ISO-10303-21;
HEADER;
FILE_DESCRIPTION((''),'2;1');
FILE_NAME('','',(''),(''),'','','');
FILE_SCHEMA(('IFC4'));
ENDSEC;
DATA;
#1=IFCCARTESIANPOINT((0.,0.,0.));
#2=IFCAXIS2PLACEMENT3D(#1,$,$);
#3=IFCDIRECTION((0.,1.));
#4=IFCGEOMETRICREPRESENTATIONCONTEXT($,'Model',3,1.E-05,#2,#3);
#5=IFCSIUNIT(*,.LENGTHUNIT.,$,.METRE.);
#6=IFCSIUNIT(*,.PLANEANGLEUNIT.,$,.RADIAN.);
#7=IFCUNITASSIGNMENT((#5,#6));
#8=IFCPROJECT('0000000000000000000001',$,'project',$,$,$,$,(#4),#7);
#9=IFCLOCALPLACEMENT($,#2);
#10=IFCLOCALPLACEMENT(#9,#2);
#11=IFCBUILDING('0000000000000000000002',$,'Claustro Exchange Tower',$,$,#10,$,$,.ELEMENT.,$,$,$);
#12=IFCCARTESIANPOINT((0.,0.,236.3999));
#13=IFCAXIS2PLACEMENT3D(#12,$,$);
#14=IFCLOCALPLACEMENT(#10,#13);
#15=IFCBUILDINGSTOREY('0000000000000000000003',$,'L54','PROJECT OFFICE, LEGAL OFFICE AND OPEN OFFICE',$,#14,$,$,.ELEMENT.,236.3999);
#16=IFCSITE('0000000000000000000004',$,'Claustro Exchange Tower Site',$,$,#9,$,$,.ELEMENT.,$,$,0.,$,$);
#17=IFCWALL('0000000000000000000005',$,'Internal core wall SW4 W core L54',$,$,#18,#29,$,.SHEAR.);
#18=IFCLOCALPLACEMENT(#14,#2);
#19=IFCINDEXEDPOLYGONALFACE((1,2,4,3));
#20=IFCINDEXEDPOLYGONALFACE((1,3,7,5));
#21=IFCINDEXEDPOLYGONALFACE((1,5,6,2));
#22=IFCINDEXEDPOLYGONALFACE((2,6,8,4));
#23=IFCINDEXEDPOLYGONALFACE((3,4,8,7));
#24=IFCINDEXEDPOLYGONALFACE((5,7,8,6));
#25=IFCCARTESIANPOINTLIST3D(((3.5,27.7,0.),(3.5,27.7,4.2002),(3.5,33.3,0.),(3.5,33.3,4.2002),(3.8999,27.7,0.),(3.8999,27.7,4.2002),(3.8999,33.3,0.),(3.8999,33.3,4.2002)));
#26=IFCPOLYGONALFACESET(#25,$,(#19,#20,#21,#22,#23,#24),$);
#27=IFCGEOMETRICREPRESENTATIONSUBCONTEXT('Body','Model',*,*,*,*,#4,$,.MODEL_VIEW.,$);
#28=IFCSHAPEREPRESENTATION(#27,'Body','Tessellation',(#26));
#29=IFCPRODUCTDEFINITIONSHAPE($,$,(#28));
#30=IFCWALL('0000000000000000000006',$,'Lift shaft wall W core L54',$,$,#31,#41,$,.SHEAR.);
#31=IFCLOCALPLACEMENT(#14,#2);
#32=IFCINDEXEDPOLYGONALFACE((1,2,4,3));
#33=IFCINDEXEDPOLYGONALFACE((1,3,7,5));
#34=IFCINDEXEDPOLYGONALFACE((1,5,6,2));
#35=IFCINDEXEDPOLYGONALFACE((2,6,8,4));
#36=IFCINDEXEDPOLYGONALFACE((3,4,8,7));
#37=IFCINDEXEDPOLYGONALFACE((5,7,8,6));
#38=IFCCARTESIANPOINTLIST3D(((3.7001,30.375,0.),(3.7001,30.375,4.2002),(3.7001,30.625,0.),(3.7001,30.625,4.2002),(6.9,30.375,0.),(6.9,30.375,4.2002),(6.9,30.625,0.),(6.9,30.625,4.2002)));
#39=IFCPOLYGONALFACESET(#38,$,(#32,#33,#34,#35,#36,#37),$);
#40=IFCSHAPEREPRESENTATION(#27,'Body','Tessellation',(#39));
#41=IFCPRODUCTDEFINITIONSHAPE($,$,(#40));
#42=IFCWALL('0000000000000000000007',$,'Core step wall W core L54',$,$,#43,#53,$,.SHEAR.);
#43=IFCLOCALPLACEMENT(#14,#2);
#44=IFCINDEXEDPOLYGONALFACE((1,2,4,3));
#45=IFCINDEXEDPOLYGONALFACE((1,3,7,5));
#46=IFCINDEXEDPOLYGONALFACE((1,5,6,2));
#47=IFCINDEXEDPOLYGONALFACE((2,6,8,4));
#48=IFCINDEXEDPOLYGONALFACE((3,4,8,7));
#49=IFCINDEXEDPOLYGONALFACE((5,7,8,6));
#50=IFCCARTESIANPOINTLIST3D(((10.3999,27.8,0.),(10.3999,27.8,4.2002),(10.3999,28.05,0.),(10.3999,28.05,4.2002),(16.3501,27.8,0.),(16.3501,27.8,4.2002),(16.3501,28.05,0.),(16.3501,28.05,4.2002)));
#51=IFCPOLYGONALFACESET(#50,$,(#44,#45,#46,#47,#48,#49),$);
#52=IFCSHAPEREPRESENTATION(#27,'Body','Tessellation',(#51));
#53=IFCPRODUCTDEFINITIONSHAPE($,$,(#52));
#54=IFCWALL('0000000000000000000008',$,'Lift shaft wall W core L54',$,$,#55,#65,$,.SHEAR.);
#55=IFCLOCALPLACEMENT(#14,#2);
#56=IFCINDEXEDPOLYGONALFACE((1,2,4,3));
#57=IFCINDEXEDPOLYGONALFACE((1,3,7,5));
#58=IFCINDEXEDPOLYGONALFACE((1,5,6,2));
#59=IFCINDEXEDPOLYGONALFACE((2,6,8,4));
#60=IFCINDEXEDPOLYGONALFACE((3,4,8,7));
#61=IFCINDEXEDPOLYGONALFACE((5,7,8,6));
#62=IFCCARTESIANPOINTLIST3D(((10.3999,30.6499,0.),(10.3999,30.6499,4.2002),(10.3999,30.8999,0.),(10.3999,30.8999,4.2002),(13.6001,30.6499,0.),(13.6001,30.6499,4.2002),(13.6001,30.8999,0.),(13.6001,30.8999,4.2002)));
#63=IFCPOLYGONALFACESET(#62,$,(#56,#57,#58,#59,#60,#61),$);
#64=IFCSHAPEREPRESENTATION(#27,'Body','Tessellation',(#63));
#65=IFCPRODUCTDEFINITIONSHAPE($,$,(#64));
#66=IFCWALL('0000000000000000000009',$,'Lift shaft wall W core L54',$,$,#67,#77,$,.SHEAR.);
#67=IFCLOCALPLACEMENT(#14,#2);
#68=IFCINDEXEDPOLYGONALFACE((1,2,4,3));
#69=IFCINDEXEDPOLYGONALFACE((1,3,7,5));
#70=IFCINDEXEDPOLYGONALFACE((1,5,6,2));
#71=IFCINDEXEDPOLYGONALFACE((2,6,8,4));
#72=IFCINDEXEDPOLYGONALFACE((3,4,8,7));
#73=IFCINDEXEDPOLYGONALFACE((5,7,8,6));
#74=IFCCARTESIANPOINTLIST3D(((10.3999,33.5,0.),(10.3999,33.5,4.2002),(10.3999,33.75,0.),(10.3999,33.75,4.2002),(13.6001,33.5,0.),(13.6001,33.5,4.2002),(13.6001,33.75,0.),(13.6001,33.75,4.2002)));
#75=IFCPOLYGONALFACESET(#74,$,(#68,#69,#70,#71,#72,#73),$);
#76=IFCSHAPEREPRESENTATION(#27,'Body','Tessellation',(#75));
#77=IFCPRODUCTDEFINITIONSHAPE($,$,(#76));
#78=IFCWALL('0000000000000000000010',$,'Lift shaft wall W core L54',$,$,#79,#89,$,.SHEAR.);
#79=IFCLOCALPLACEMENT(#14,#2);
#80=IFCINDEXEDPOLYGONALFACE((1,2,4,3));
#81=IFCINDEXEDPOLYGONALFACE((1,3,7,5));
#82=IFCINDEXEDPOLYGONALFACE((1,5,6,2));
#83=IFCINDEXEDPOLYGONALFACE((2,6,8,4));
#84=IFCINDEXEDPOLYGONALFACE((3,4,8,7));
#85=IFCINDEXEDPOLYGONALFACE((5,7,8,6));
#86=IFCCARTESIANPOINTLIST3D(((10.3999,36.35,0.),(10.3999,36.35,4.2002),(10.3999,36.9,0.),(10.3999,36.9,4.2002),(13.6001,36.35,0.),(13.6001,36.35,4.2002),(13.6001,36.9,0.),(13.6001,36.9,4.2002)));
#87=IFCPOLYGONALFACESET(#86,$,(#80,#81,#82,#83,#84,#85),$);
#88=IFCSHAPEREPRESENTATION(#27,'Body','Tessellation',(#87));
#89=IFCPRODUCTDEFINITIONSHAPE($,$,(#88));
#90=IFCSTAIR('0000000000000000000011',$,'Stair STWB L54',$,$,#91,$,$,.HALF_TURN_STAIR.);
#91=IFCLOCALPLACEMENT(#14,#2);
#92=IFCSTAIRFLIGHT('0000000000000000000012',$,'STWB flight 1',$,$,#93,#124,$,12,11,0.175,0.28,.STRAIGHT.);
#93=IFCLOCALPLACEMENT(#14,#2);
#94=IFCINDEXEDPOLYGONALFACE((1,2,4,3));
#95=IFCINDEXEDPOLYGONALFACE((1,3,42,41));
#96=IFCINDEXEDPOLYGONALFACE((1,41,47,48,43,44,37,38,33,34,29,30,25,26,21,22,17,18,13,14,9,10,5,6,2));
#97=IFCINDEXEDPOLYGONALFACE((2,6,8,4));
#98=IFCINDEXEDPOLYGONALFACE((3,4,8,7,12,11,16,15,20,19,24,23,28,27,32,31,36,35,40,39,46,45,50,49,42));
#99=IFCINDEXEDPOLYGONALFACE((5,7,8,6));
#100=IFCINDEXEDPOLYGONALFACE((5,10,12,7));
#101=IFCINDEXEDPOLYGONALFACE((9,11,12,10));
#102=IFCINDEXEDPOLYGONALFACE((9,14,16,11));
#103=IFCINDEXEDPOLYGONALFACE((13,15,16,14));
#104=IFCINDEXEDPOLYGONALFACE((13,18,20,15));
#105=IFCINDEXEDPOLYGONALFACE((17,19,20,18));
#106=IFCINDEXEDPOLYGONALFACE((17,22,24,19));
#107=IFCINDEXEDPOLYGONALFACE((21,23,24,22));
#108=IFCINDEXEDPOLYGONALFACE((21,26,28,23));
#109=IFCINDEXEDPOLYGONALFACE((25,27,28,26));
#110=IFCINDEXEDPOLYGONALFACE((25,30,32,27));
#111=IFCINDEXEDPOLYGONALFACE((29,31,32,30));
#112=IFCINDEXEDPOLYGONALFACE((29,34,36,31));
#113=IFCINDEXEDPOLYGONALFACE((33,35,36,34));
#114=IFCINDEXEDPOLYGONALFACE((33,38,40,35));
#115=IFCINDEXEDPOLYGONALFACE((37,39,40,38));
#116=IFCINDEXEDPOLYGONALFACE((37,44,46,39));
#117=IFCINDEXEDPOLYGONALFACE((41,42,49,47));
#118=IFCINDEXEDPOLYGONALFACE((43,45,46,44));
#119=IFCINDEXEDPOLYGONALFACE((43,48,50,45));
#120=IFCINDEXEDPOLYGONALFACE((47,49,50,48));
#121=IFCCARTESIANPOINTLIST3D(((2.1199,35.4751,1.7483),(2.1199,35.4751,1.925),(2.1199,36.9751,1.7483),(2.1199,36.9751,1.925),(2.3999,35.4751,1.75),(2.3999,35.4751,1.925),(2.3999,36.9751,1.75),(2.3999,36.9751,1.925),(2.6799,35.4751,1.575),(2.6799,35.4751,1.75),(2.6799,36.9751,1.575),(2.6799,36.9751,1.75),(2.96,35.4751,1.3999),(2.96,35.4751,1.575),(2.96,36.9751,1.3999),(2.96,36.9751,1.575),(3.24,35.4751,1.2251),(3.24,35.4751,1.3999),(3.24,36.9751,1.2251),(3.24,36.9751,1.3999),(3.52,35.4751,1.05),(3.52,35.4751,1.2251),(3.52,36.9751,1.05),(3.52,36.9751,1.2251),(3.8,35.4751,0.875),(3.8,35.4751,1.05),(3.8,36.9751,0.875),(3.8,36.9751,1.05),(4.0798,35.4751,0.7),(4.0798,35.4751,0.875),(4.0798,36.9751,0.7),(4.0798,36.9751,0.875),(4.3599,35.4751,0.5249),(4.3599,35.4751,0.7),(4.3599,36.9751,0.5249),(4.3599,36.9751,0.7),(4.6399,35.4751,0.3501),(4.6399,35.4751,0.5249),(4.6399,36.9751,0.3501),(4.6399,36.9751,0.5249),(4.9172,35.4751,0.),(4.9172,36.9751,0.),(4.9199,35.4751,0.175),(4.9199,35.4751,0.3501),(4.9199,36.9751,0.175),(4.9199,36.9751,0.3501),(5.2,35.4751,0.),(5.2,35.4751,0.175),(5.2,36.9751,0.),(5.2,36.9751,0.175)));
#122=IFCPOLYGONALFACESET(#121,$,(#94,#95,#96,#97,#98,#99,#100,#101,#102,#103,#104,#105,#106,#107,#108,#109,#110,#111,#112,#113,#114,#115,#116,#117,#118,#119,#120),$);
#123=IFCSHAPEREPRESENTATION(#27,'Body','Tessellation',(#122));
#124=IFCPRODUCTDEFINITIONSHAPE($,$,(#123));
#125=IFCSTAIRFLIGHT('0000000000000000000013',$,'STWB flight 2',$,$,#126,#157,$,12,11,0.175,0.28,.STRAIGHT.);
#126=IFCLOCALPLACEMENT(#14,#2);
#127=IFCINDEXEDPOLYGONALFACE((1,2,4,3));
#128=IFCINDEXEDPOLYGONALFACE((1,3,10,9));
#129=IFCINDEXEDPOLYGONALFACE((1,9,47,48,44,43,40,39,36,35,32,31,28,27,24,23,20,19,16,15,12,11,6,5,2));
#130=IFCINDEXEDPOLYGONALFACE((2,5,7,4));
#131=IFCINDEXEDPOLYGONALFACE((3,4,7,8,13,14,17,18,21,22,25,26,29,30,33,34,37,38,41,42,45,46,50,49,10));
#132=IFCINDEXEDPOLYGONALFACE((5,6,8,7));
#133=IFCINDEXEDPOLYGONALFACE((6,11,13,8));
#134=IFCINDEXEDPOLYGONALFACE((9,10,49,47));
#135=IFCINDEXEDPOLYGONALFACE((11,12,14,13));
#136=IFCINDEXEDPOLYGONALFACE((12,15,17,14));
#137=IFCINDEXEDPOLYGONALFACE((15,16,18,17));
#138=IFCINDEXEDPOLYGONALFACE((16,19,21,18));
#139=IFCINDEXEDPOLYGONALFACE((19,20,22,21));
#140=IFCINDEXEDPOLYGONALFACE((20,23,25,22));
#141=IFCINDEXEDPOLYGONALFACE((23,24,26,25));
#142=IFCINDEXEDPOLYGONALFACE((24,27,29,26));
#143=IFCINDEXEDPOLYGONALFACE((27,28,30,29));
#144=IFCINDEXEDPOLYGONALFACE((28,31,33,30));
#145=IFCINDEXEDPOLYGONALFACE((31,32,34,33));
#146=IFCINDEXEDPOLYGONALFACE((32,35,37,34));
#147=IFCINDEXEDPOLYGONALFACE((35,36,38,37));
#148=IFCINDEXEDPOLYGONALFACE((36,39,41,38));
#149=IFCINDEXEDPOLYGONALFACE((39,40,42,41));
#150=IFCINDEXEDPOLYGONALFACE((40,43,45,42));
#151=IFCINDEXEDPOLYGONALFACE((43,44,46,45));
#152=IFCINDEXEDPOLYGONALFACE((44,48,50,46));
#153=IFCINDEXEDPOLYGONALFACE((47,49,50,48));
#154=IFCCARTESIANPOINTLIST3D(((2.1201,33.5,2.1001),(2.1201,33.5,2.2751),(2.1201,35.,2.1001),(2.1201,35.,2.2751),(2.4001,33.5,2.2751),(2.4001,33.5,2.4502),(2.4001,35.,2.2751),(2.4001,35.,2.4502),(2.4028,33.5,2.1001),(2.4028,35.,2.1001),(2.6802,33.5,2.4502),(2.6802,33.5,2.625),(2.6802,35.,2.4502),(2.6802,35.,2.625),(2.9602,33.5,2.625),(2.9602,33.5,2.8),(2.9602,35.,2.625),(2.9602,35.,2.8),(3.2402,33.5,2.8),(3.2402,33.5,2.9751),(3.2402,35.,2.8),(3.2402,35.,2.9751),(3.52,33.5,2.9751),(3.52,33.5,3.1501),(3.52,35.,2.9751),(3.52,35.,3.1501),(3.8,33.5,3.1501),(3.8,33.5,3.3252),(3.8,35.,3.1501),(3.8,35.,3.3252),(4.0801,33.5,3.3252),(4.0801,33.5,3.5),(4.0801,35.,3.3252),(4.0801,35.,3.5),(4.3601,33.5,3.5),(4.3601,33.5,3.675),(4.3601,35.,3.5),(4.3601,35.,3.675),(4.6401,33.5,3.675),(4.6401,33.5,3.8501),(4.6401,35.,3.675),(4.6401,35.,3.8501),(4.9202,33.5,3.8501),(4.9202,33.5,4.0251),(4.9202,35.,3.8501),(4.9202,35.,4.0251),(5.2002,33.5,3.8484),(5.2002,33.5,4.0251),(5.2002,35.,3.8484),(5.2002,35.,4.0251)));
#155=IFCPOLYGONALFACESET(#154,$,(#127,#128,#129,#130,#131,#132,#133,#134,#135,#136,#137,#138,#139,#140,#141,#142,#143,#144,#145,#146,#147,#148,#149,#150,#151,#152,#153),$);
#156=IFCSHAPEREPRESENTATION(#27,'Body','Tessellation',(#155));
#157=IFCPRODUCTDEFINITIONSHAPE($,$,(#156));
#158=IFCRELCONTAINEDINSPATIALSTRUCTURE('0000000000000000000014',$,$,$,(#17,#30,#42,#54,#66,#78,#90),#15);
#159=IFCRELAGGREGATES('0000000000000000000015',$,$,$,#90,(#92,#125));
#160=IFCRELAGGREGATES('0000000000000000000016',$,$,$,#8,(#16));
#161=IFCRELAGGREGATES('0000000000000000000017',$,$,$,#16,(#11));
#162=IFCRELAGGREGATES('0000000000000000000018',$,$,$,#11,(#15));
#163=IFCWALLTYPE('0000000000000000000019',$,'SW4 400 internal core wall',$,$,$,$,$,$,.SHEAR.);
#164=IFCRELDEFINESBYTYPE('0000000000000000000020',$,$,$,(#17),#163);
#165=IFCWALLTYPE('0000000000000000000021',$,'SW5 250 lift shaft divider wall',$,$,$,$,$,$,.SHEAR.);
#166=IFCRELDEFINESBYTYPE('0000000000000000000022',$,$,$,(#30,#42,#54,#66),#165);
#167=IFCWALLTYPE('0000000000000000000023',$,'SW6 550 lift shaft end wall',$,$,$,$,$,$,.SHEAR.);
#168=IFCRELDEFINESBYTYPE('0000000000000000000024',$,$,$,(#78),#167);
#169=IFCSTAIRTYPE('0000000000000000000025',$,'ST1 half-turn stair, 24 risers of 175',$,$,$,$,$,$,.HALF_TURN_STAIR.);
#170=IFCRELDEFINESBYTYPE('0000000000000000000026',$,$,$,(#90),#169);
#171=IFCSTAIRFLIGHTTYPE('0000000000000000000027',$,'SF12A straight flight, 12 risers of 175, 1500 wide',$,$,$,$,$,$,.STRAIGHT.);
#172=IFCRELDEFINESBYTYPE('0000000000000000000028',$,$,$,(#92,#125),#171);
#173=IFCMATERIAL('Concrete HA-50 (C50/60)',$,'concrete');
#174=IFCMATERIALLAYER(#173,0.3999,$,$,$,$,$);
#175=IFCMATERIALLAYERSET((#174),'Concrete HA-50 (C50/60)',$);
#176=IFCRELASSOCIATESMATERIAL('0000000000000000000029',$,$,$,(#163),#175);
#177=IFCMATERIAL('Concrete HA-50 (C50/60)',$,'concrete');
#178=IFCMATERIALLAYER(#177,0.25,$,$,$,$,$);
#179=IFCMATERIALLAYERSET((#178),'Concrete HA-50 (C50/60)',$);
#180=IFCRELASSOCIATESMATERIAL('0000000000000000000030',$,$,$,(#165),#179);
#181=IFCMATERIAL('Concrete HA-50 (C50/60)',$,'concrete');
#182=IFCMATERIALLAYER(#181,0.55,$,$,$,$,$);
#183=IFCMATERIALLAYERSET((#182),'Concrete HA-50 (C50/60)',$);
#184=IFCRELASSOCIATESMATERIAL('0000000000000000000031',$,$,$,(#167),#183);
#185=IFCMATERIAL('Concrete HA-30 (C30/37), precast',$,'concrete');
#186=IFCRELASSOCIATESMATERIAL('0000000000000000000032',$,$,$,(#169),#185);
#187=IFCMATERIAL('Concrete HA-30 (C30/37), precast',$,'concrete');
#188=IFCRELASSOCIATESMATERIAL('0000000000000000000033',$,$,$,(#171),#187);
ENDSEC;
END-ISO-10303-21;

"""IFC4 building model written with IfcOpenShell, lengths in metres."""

from ifc_helpers import new_model, si_unit, direction, frame, frame_2d, origin, place, context, subcontext, project, spatial, polyline, rectangle, outline, extrude, material, layer, layer_set, type_object, element, aggregate, save


model = new_model("IFC4")

# Units and contexts
model_context = context("Model", 3, precision=1e-05, world=origin(), true_north=direction((0.0, 1.0)))
body_context = subcontext(model_context, "Body", "Model", "MODEL_VIEW")
ifc_project = project(units=[si_unit("LENGTHUNIT", "METRE"), si_unit("PLANEANGLEUNIT", "RADIAN")], contexts=[model_context])

# Site, building, storey
site_placement = place(None, origin())
site = spatial("IfcSite", under=ifc_project, at=site_placement, Name="Claustro Exchange Tower Site", CompositionType="ELEMENT", RefElevation=0.0)
building_placement = place(site_placement, origin())
building = spatial("IfcBuilding", under=site, at=building_placement, Name="Claustro Exchange Tower", CompositionType="ELEMENT")
storey_placement = place(building_placement, frame((0.0, 0.0, 236.3999)))
storey = spatial("IfcBuildingStorey", under=building, at=storey_placement, Name="L54", Description="PROJECT OFFICE, LEGAL OFFICE AND OPEN OFFICE", CompositionType="ELEMENT", Elevation=236.3999)

# Walls
ifc_material_1 = material(Name="Concrete HA-50 (C50/60)", Category="concrete")
ifc_layer_1 = layer(ifc_material_1, 0.3999)
ifc_layer_set_1 = layer_set([ifc_layer_1], Name="Concrete HA-50 (C50/60)")
wall_type_1 = type_object("IfcWallType", Name="SW4 400 internal core wall", PredefinedType="SHEAR", material=ifc_layer_set_1)
wall_1_placement = place(storey_placement, frame((3.7, 27.7, 0.0), z_axis=(0.0, 0.0, 1.0), x_axis=(0.0, 1.0, 0.0)))
element("IfcWall", 1, at=wall_1_placement, inside=storey, type_object=wall_type_1, Name="Internal core wall SW4 W core L54", PredefinedType="SHEAR", context=body_context, shape_type="SweptSolid", body=[
    extrude(rectangle(XDim=5.6001, YDim=0.3999, at=frame_2d((2.8, 0.0))), origin(), (0.0, 0.0, 1.0), 4.2002),
])
ifc_material_2 = material(Name="Concrete HA-50 (C50/60)", Category="concrete")
ifc_layer_2 = layer(ifc_material_2, 0.25)
ifc_layer_set_2 = layer_set([ifc_layer_2], Name="Concrete HA-50 (C50/60)")
wall_type_2 = type_object("IfcWallType", Name="SW5 250 lift shaft divider wall", PredefinedType="SHEAR", material=ifc_layer_set_2)
wall_2_placement = place(storey_placement, frame((3.7, 30.5, 0.0), z_axis=(0.0, 0.0, 1.0), x_axis=(1.0, 0.0, 0.0)))
element("IfcWall", 2, at=wall_2_placement, inside=storey, type_object=wall_type_2, Name="Lift shaft wall W core L54", PredefinedType="SHEAR", context=body_context, shape_type="SweptSolid", body=[
    extrude(rectangle(XDim=3.2, YDim=0.25, at=frame_2d((1.6001, 0.0))), origin(), (0.0, 0.0, 1.0), 4.2002),
])
wall_3_placement = place(storey_placement, frame((10.3999, 27.925, 0.0), z_axis=(0.0, 0.0, 1.0), x_axis=(1.0, 0.0, 0.0)))
element("IfcWall", 3, at=wall_3_placement, inside=storey, type_object=wall_type_2, Name="Core step wall W core L54", PredefinedType="SHEAR", context=body_context, shape_type="SweptSolid", body=[
    extrude(rectangle(XDim=5.9502, YDim=0.25, at=frame_2d((2.9751, 0.0))), origin(), (0.0, 0.0, 1.0), 4.2002),
])
for number, where, z_axis, x_axis, name in (
    (4, (10.3999, 30.7749, 0.0), (0.0, 0.0, 1.0), (1.0, 0.0, 0.0), "Lift shaft wall W core L54"),
    (5, (10.3999, 33.625, 0.0), (0.0, 0.0, 1.0), (1.0, 0.0, 0.0), "Lift shaft wall W core L54"),
):
    element("IfcWall", number, at=place(storey_placement, frame(where, z_axis=z_axis, x_axis=x_axis)), inside=storey, type_object=wall_type_2, Name=name, PredefinedType="SHEAR", context=body_context, shape_type="SweptSolid", body=[
        extrude(rectangle(XDim=3.2002, YDim=0.25, at=frame_2d((1.6001, 0.0))), origin(), (0.0, 0.0, 1.0), 4.2002),
    ])
ifc_material_3 = material(Name="Concrete HA-50 (C50/60)", Category="concrete")
ifc_layer_3 = layer(ifc_material_3, 0.55)
ifc_layer_set_3 = layer_set([ifc_layer_3], Name="Concrete HA-50 (C50/60)")
wall_type_3 = type_object("IfcWallType", Name="SW6 550 lift shaft end wall", PredefinedType="SHEAR", material=ifc_layer_set_3)
wall_4_placement = place(storey_placement, frame((10.3999, 36.625, 0.0), z_axis=(0.0, 0.0, 1.0), x_axis=(1.0, 0.0, 0.0)))
element("IfcWall", 6, at=wall_4_placement, inside=storey, type_object=wall_type_3, Name="Lift shaft wall W core L54", PredefinedType="SHEAR", context=body_context, shape_type="SweptSolid", body=[
    extrude(rectangle(XDim=3.2002, YDim=0.55, at=frame_2d((1.6001, 0.0))), origin(), (0.0, 0.0, 1.0), 4.2002),
])

# Stair, stair flights
ifc_material_4 = material(Name="Concrete HA-30 (C30/37), precast", Category="concrete")
stair_type = type_object("IfcStairType", Name="ST1 half-turn stair, 24 risers of 175", PredefinedType="HALF_TURN_STAIR", material=ifc_material_4)
stair_placement = place(storey_placement, origin())
stair = element("IfcStair", 7, at=stair_placement, inside=storey, type_object=stair_type, Name="Stair STWB L54", PredefinedType="HALF_TURN_STAIR")
ifc_material_5 = material(Name="Concrete HA-30 (C30/37), precast", Category="concrete")
stair_flight_type = type_object("IfcStairFlightType", Name="SF12A straight flight, 12 risers of 175, 1500 wide", PredefinedType="STRAIGHT", material=ifc_material_5)
stair_flight_1_placement = place(storey_placement, frame((5.2, 36.2251, 0.0), z_axis=(0.0, 0.0, 1.0), x_axis=(-1.0, 0.0, 0.0)))
stair_flight_1 = element("IfcStairFlight", 8, at=stair_flight_1_placement, type_object=stair_flight_type, Name="STWB flight 1", NumberOfRisers=12, NumberOfTreads=11, PredefinedType="STRAIGHT", RiserHeight=0.175, TreadLength=0.28, context=body_context, shape_type="SweptSolid", body=[
    extrude(outline(polyline([(0.0, 0.0), (0.0, 0.175), (0.28, 0.175), (0.28, 0.3501), (0.5601, 0.3501), (0.5601, 0.5249), (0.8401, 0.5249), (0.8401, 0.7), (1.1201, 0.7), (1.1201, 0.875), (1.3999, 0.875), (1.3999, 1.05), (1.6799, 1.05), (1.6799, 1.2251), (1.96, 1.2251), (1.96, 1.3999), (2.24, 1.3999), (2.24, 1.575), (2.52, 1.575), (2.52, 1.75), (2.8, 1.75), (2.8, 1.925), (3.0801, 1.925), (3.0801, 2.1001), (3.0801, 1.7483), (0.2827, 0.0), (0.0, 0.0)])), frame((0.0, 0.75, 0.0), z_axis=(0.0, -1.0, 0.0), x_axis=(1.0, 0.0, 0.0)), (0.0, 0.0, 1.0), 1.5),
])
stair_flight_2_placement = place(storey_placement, frame((2.1201, 34.25, 2.1001), z_axis=(0.0, 0.0, 1.0), x_axis=(1.0, 0.0, 0.0)))
stair_flight_2 = element("IfcStairFlight", 9, at=stair_flight_2_placement, type_object=stair_flight_type, Name="STWB flight 2", NumberOfRisers=12, NumberOfTreads=11, PredefinedType="STRAIGHT", RiserHeight=0.175, TreadLength=0.28, context=body_context, shape_type="SweptSolid", body=[
    extrude(outline(polyline([(0.0, 0.0), (0.0, 0.175), (0.28, 0.175), (0.28, 0.3501), (0.5601, 0.3501), (0.5601, 0.5249), (0.8401, 0.5249), (0.8401, 0.7), (1.1201, 0.7), (1.1201, 0.875), (1.3999, 0.875), (1.3999, 1.05), (1.6799, 1.05), (1.6799, 1.2251), (1.96, 1.2251), (1.96, 1.3999), (2.24, 1.3999), (2.24, 1.575), (2.52, 1.575), (2.52, 1.75), (2.8, 1.75), (2.8, 1.925), (3.0801, 1.925), (3.0801, 2.1001), (3.0801, 1.7483), (0.2827, 0.0), (0.0, 0.0)])), frame((0.0, 0.75, 0.0), z_axis=(0.0, -1.0, 0.0), x_axis=(1.0, 0.0, 0.0)), (0.0, 0.0, 1.0), 1.5),
])
aggregate(stair, [stair_flight_1, stair_flight_2])

save(model, "model.ifc")
